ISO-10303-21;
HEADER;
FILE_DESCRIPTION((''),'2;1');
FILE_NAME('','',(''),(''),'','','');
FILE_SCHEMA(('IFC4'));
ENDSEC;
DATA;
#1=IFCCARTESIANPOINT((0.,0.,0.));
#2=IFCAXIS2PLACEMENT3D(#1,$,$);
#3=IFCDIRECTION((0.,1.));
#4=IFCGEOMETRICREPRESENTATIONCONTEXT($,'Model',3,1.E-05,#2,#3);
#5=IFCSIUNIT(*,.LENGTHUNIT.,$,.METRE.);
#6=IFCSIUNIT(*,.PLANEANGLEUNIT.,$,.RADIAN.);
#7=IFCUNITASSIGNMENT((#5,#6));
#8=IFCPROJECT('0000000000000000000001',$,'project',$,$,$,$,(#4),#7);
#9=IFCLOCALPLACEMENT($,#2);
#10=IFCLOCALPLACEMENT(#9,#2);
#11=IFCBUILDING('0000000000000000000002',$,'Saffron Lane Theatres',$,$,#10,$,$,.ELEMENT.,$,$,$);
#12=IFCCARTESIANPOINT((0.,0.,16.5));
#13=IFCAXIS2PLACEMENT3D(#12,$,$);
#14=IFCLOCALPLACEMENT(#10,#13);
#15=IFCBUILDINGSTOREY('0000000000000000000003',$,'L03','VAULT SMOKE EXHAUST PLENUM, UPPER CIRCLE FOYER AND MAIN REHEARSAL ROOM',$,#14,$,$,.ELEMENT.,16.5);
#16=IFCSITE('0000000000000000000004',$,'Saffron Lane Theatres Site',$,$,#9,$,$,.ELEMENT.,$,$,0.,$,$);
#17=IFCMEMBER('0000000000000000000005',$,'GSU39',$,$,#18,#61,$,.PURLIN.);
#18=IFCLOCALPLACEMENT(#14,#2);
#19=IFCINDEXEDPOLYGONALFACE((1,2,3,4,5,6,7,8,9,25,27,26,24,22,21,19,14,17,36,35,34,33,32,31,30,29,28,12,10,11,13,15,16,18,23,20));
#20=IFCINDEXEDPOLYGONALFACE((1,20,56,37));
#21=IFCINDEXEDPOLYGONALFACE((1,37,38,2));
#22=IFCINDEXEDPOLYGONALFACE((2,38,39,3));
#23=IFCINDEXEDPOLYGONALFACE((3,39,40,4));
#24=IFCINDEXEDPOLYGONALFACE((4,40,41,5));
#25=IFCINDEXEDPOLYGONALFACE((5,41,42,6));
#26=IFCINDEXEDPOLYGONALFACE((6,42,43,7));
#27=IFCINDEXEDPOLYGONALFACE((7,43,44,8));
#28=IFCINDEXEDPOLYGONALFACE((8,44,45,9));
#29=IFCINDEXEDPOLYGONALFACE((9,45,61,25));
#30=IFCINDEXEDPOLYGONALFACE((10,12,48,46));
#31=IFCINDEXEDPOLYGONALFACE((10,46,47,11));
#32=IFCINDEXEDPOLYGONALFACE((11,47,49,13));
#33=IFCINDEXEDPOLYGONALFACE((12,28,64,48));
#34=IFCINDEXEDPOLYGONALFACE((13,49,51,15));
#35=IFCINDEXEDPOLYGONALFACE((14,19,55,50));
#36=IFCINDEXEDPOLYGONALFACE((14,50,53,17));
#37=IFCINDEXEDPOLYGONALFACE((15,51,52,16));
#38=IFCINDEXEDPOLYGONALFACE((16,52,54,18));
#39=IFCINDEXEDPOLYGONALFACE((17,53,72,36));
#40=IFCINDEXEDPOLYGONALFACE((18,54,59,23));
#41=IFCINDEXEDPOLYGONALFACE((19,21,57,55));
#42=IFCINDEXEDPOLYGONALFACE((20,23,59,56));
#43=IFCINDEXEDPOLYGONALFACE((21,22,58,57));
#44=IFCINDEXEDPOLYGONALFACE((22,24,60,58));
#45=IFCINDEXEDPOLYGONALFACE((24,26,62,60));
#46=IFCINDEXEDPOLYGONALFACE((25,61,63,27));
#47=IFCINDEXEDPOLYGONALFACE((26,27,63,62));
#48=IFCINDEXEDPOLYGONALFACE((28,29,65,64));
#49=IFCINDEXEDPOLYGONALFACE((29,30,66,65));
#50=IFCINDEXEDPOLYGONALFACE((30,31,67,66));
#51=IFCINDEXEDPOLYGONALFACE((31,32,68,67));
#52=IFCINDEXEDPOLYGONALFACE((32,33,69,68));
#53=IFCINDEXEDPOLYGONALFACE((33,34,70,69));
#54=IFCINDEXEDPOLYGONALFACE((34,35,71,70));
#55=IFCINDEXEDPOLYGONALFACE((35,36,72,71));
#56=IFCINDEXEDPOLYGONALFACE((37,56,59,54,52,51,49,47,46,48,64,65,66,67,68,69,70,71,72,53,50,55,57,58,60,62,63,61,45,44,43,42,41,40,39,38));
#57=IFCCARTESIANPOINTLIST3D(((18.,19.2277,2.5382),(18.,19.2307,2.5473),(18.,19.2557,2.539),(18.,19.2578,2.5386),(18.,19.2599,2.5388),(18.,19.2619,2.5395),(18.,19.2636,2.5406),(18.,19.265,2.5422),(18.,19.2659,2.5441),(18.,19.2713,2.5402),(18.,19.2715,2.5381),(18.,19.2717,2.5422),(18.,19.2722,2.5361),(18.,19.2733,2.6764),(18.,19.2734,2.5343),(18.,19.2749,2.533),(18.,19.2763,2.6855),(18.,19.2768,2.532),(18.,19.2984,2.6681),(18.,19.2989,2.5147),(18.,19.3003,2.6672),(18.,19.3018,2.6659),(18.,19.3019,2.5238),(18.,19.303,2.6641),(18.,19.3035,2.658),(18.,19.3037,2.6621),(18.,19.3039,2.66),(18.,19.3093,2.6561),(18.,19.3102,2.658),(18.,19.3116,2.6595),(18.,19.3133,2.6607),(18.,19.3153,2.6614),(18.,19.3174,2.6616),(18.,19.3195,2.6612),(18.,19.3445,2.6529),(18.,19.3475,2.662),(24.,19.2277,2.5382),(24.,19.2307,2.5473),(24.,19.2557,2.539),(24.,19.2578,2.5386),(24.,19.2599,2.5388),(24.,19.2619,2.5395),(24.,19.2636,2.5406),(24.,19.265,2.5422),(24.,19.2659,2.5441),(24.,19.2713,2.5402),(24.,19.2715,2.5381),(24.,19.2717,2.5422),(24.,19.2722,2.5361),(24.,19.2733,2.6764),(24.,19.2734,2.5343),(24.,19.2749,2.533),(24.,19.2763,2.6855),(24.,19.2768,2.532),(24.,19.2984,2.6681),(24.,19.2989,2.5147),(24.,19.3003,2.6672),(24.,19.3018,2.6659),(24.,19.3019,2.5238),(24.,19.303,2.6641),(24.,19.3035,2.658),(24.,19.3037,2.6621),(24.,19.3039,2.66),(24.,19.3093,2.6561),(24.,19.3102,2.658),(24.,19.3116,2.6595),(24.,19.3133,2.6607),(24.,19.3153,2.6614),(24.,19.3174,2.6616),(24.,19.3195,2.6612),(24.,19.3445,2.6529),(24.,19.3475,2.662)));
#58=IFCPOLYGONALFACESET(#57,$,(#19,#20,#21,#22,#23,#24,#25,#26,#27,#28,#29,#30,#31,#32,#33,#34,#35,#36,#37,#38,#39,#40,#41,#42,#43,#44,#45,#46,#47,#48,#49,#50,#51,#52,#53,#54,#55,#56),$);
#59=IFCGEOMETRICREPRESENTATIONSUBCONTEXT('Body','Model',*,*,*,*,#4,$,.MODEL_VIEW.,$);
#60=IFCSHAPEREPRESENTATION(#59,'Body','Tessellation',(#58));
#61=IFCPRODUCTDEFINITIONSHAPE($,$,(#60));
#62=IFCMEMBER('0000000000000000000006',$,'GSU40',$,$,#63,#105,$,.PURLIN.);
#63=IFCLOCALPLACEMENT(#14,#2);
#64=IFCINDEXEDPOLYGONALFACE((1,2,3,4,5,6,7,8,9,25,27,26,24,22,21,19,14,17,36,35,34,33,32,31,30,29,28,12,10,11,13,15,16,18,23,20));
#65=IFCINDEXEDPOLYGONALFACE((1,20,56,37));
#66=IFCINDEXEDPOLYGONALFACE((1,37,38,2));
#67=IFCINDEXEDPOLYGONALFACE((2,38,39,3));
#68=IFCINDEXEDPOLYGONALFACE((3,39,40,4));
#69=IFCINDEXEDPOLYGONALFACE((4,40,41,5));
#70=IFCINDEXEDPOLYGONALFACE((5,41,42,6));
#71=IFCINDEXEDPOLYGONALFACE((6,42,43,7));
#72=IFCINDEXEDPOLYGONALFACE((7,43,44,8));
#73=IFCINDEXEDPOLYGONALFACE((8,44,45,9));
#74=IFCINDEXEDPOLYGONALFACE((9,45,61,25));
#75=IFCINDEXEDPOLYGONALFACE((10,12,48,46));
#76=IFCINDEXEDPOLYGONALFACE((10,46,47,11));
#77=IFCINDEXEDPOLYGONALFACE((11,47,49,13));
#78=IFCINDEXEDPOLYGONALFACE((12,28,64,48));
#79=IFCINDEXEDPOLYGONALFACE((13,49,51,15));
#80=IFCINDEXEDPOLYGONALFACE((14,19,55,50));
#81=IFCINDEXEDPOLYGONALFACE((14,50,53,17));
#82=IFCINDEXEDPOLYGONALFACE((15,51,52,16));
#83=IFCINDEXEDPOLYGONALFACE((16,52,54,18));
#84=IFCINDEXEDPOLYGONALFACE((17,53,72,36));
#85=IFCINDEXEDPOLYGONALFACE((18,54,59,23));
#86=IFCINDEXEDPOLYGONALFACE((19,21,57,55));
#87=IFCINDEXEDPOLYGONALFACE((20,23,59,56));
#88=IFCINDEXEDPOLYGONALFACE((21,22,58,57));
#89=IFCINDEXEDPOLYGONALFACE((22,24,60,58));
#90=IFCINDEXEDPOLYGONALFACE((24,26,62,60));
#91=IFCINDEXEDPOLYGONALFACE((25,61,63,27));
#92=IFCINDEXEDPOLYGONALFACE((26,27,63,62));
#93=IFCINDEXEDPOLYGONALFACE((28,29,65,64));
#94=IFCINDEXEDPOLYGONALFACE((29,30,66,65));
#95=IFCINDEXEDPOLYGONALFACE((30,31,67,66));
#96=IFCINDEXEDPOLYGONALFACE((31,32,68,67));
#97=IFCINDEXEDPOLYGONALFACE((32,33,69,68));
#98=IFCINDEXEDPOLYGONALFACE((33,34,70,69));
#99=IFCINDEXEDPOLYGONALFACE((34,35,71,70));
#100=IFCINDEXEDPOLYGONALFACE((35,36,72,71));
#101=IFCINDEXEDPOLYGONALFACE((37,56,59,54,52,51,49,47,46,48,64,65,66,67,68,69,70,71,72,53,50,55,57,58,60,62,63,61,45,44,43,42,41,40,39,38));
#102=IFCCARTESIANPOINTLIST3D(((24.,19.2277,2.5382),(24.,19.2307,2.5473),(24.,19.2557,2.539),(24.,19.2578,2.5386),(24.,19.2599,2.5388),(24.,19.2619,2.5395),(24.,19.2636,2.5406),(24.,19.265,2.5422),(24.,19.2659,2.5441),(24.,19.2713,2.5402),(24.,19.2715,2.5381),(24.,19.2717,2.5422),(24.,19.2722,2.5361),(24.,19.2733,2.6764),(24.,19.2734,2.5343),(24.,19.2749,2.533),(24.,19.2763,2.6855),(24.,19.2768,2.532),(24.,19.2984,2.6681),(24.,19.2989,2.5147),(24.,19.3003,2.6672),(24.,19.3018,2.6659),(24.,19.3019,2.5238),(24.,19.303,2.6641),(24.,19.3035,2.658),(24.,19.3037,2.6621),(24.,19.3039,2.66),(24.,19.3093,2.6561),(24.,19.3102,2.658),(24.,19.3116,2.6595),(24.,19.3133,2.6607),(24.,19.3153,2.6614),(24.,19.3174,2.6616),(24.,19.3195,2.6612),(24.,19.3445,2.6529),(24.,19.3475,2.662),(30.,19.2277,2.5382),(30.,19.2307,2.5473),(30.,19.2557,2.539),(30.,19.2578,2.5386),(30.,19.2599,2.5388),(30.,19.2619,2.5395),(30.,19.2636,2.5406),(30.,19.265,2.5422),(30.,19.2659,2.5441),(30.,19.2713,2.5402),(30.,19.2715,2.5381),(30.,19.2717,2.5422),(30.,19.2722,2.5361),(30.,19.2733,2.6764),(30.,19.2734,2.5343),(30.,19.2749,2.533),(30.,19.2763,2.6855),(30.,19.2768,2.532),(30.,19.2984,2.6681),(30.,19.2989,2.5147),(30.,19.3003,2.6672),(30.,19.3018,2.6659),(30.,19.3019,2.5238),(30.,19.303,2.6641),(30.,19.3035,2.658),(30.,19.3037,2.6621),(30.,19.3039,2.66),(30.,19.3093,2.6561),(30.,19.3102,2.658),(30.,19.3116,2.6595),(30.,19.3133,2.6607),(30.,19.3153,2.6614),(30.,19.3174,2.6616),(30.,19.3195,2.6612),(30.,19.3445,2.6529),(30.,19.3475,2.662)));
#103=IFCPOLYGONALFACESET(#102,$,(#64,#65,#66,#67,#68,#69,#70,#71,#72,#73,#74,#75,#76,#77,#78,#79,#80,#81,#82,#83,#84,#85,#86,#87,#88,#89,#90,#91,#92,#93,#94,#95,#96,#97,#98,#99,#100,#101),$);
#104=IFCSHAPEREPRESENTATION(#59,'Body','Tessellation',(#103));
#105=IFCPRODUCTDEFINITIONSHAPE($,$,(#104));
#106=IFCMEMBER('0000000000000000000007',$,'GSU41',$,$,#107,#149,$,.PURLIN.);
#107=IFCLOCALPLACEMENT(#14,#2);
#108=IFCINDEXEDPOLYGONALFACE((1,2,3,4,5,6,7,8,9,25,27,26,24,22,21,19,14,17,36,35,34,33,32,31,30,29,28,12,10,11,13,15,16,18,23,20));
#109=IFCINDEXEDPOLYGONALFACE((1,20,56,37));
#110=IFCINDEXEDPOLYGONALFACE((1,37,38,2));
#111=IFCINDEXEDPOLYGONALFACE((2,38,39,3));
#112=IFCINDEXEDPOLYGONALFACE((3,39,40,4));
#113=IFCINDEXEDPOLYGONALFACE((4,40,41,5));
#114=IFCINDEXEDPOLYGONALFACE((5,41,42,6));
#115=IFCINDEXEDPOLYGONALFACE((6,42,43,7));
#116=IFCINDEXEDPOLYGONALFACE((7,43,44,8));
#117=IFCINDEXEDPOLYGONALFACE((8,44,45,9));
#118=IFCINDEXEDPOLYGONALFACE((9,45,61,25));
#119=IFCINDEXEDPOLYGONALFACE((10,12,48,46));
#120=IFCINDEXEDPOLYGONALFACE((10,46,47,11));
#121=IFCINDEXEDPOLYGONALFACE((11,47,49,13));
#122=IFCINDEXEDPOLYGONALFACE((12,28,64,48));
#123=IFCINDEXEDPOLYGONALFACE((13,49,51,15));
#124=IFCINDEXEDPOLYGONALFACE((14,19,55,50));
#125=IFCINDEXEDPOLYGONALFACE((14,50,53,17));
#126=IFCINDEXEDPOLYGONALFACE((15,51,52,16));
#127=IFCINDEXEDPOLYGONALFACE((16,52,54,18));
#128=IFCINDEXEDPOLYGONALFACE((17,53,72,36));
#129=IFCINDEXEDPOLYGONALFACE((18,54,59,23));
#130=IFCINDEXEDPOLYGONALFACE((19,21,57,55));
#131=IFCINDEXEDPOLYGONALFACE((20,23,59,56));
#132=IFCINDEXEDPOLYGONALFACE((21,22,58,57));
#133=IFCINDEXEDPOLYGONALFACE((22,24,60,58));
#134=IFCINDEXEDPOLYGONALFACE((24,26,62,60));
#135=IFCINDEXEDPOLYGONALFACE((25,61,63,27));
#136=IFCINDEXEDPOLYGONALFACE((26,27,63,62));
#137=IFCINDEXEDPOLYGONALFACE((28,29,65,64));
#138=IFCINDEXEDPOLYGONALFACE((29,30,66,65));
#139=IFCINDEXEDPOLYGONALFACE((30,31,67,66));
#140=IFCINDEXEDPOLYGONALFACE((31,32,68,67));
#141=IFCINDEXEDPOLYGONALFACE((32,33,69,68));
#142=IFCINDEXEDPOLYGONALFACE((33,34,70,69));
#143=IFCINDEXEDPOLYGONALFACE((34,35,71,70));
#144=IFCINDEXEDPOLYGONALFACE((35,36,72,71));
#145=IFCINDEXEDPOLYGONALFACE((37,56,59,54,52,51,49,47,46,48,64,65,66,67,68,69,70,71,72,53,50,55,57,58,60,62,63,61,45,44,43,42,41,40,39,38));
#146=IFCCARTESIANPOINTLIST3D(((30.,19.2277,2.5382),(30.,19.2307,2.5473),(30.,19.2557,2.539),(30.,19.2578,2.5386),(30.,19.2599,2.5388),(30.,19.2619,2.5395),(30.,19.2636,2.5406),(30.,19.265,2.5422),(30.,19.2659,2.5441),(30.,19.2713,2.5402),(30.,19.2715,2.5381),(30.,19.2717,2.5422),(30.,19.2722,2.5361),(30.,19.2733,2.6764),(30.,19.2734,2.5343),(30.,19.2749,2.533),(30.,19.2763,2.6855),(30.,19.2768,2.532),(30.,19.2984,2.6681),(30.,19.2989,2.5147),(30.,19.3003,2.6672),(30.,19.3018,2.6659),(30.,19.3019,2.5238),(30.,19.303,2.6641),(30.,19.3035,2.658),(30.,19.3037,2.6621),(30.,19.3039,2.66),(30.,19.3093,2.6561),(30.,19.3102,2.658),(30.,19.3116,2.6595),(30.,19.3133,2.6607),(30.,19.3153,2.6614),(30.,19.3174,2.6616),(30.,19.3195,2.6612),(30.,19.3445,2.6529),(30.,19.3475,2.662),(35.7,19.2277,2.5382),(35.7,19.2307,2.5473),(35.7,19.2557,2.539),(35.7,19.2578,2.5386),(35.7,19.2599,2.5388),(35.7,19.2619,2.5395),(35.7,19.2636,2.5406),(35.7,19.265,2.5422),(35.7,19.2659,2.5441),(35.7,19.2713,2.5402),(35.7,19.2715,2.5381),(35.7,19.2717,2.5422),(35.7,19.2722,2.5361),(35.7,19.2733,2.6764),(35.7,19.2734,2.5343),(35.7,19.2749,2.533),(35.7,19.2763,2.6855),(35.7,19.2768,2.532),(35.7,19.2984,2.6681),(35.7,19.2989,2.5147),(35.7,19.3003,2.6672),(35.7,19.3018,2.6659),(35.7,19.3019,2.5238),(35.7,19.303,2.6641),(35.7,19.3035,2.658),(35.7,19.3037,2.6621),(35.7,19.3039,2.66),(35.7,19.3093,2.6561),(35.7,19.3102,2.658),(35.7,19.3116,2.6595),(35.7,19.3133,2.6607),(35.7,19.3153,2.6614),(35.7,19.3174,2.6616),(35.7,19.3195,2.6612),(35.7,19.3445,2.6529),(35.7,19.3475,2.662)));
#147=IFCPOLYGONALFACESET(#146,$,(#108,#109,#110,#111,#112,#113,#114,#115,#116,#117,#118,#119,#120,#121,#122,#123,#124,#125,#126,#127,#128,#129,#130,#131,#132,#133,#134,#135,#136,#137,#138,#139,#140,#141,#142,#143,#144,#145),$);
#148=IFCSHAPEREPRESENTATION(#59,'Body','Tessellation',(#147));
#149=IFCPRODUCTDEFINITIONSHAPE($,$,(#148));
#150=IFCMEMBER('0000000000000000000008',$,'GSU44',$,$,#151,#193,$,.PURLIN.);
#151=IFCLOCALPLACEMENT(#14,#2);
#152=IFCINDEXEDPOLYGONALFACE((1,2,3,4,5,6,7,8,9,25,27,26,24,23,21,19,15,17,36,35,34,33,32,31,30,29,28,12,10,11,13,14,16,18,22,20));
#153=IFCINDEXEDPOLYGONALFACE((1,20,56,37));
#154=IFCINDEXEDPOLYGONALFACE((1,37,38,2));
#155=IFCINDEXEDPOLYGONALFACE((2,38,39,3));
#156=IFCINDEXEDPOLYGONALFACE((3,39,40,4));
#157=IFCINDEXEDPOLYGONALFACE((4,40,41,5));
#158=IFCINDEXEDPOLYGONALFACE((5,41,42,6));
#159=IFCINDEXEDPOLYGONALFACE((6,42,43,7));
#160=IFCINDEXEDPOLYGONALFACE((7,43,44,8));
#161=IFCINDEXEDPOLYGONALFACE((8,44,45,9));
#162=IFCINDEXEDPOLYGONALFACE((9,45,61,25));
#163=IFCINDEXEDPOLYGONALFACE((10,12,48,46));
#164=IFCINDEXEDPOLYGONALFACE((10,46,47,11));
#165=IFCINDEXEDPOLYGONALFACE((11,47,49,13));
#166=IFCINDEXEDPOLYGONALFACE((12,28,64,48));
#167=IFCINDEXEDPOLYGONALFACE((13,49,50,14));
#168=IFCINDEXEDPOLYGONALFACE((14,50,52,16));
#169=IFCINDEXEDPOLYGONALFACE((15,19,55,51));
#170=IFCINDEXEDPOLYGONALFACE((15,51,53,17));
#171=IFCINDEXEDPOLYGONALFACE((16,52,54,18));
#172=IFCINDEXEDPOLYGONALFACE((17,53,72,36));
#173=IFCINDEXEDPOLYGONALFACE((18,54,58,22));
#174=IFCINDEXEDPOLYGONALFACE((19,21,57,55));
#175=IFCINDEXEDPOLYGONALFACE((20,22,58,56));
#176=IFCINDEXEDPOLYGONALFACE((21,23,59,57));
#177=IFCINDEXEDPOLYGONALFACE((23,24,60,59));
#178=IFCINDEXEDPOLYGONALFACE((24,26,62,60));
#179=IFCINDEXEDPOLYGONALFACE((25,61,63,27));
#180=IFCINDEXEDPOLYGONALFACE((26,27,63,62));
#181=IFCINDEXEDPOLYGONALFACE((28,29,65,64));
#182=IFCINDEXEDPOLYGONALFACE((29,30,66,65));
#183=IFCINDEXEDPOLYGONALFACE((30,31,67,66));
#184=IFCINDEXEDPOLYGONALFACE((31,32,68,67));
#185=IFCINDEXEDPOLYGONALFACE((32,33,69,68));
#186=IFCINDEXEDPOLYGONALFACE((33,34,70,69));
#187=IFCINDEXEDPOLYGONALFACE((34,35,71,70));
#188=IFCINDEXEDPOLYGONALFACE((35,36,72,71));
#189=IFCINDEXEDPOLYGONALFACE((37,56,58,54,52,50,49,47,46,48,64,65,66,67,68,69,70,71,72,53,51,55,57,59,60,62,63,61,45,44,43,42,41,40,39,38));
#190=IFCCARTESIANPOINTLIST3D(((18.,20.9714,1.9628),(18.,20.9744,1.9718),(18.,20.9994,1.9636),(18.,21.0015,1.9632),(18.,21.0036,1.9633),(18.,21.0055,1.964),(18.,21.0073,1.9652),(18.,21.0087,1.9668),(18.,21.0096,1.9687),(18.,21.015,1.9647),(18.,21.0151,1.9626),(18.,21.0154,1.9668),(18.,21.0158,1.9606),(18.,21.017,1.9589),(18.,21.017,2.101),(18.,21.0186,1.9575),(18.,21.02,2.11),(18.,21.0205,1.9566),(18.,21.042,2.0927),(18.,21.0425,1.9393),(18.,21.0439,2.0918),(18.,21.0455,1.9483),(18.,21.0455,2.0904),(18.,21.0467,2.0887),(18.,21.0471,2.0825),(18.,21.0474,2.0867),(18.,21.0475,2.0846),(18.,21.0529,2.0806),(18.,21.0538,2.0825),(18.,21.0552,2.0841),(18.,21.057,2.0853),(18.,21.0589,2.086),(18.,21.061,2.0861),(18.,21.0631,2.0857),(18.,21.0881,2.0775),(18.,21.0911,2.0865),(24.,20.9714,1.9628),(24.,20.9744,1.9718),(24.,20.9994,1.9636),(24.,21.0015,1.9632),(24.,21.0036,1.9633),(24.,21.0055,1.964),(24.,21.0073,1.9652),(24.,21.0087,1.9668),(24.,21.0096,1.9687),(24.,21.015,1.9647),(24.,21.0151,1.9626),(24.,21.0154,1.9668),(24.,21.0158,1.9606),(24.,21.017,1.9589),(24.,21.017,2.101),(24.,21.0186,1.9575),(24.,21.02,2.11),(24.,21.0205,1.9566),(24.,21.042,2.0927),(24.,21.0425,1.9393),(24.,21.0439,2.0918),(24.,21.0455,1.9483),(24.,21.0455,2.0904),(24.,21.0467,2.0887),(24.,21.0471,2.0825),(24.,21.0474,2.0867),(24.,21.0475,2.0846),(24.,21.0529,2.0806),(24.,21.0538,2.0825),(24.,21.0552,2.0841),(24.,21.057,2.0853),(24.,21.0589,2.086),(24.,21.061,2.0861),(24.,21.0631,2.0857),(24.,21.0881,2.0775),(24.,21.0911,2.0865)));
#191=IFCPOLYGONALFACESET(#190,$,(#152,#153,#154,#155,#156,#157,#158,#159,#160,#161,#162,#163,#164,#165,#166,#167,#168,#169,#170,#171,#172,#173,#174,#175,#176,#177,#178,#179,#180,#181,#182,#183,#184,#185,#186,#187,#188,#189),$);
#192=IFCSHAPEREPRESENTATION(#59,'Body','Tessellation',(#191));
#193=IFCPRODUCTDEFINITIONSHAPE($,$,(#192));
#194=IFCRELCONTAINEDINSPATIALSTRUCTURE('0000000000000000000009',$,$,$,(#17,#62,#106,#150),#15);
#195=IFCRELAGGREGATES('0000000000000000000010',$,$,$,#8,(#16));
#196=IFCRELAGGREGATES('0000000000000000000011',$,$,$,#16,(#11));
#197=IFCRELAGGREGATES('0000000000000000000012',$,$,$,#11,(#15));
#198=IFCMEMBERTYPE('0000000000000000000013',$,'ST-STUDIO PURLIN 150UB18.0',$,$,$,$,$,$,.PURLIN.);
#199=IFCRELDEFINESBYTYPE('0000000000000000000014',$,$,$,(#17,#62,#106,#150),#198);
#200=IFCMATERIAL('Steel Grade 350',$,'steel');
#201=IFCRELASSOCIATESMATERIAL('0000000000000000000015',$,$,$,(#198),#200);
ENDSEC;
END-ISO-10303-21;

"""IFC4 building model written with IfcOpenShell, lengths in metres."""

from ifc_helpers import new_model, si_unit, direction, frame, origin, origin_2d, place, context, subcontext, project, spatial, i_section, extrude, material, material_profile, profile_set, type_object, element, save


model = new_model("IFC4")

# Units and contexts
model_context = context("Model", 3, precision=1e-05, world=origin(), true_north=direction((0.0, 1.0)))
body_context = subcontext(model_context, "Body", "Model", "MODEL_VIEW")
ifc_project = project(units=[si_unit("LENGTHUNIT", "METRE"), si_unit("PLANEANGLEUNIT", "RADIAN")], contexts=[model_context])

# Site, building, storey
site_placement = place(None, origin())
site = spatial("IfcSite", under=ifc_project, at=site_placement, Name="Saffron Lane Theatres Site", CompositionType="ELEMENT", RefElevation=0.0)
building_placement = place(site_placement, origin())
building = spatial("IfcBuilding", under=site, at=building_placement, Name="Saffron Lane Theatres", CompositionType="ELEMENT")
storey_placement = place(building_placement, frame((0.0, 0.0, 16.5)))
storey = spatial("IfcBuildingStorey", under=building, at=storey_placement, Name="L03", Description="VAULT SMOKE EXHAUST PLENUM, UPPER CIRCLE FOYER AND MAIN REHEARSAL ROOM", CompositionType="ELEMENT", Elevation=16.5)

# Members
ifc_material_1 = material(Name="Steel Grade 350", Category="steel")
ifc_material_profile_1 = material_profile(ifc_material_1, i_section(OverallWidth=0.075, OverallDepth=0.155, WebThickness=0.0061, FlangeThickness=0.0095, FilletRadius=0.0081, at=origin_2d()))
ifc_profile_set_1 = profile_set([ifc_material_profile_1], Name="Steel Grade 350")
member_type_1 = type_object("IfcMemberType", Name="ST-STUDIO PURLIN 150UB18.0", PredefinedType="PURLIN", material=ifc_profile_set_1)
for number, where, z_axis, x_axis, name in (
    (1, (18.0, 19.2876, 2.6001), (1.0, 0.0, 0.0), (0.0, 0.949629, -0.313377), "GSU39"),
    (2, (24.0, 19.2876, 2.6001), (1.0, 0.0, 0.0), (0.0, 0.949629, -0.313377), "GSU40"),
):
    element("IfcMember", number, at=place(storey_placement, frame(where, z_axis=z_axis, x_axis=x_axis)), inside=storey, type_object=member_type_1, Name=name, PredefinedType="PURLIN", context=body_context, shape_type="SweptSolid", body=[
        extrude(i_section(OverallWidth=0.075, OverallDepth=0.155, WebThickness=0.0061, FlangeThickness=0.0095, FilletRadius=0.0081, at=origin_2d()), origin(), (0.0, 0.0, 1.0), 6.0),
    ])
member_1_placement = place(storey_placement, frame((30.0, 19.2876, 2.6001), z_axis=(1.0, 0.0, 0.0), x_axis=(0.0, 0.949629, -0.313377)))
element("IfcMember", 3, at=member_1_placement, inside=storey, type_object=member_type_1, Name="GSU41", PredefinedType="PURLIN", context=body_context, shape_type="SweptSolid", body=[
    extrude(i_section(OverallWidth=0.075, OverallDepth=0.155, WebThickness=0.0061, FlangeThickness=0.0095, FilletRadius=0.0081, at=origin_2d()), origin(), (0.0, 0.0, 1.0), 5.7),
])
for number, where, z_axis, x_axis, name in (
    (4, (18.0, 21.0312, 2.0247), (1.0, 0.0, 0.0), (0.0, 0.949629, -0.313377), "GSU44"),
):
    element("IfcMember", number, at=place(storey_placement, frame(where, z_axis=z_axis, x_axis=x_axis)), inside=storey, type_object=member_type_1, Name=name, PredefinedType="PURLIN", context=body_context, shape_type="SweptSolid", body=[
        extrude(i_section(OverallWidth=0.075, OverallDepth=0.155, WebThickness=0.0061, FlangeThickness=0.0095, FilletRadius=0.0081, at=origin_2d()), origin(), (0.0, 0.0, 1.0), 6.0),
    ])

save(model, "model.ifc")
